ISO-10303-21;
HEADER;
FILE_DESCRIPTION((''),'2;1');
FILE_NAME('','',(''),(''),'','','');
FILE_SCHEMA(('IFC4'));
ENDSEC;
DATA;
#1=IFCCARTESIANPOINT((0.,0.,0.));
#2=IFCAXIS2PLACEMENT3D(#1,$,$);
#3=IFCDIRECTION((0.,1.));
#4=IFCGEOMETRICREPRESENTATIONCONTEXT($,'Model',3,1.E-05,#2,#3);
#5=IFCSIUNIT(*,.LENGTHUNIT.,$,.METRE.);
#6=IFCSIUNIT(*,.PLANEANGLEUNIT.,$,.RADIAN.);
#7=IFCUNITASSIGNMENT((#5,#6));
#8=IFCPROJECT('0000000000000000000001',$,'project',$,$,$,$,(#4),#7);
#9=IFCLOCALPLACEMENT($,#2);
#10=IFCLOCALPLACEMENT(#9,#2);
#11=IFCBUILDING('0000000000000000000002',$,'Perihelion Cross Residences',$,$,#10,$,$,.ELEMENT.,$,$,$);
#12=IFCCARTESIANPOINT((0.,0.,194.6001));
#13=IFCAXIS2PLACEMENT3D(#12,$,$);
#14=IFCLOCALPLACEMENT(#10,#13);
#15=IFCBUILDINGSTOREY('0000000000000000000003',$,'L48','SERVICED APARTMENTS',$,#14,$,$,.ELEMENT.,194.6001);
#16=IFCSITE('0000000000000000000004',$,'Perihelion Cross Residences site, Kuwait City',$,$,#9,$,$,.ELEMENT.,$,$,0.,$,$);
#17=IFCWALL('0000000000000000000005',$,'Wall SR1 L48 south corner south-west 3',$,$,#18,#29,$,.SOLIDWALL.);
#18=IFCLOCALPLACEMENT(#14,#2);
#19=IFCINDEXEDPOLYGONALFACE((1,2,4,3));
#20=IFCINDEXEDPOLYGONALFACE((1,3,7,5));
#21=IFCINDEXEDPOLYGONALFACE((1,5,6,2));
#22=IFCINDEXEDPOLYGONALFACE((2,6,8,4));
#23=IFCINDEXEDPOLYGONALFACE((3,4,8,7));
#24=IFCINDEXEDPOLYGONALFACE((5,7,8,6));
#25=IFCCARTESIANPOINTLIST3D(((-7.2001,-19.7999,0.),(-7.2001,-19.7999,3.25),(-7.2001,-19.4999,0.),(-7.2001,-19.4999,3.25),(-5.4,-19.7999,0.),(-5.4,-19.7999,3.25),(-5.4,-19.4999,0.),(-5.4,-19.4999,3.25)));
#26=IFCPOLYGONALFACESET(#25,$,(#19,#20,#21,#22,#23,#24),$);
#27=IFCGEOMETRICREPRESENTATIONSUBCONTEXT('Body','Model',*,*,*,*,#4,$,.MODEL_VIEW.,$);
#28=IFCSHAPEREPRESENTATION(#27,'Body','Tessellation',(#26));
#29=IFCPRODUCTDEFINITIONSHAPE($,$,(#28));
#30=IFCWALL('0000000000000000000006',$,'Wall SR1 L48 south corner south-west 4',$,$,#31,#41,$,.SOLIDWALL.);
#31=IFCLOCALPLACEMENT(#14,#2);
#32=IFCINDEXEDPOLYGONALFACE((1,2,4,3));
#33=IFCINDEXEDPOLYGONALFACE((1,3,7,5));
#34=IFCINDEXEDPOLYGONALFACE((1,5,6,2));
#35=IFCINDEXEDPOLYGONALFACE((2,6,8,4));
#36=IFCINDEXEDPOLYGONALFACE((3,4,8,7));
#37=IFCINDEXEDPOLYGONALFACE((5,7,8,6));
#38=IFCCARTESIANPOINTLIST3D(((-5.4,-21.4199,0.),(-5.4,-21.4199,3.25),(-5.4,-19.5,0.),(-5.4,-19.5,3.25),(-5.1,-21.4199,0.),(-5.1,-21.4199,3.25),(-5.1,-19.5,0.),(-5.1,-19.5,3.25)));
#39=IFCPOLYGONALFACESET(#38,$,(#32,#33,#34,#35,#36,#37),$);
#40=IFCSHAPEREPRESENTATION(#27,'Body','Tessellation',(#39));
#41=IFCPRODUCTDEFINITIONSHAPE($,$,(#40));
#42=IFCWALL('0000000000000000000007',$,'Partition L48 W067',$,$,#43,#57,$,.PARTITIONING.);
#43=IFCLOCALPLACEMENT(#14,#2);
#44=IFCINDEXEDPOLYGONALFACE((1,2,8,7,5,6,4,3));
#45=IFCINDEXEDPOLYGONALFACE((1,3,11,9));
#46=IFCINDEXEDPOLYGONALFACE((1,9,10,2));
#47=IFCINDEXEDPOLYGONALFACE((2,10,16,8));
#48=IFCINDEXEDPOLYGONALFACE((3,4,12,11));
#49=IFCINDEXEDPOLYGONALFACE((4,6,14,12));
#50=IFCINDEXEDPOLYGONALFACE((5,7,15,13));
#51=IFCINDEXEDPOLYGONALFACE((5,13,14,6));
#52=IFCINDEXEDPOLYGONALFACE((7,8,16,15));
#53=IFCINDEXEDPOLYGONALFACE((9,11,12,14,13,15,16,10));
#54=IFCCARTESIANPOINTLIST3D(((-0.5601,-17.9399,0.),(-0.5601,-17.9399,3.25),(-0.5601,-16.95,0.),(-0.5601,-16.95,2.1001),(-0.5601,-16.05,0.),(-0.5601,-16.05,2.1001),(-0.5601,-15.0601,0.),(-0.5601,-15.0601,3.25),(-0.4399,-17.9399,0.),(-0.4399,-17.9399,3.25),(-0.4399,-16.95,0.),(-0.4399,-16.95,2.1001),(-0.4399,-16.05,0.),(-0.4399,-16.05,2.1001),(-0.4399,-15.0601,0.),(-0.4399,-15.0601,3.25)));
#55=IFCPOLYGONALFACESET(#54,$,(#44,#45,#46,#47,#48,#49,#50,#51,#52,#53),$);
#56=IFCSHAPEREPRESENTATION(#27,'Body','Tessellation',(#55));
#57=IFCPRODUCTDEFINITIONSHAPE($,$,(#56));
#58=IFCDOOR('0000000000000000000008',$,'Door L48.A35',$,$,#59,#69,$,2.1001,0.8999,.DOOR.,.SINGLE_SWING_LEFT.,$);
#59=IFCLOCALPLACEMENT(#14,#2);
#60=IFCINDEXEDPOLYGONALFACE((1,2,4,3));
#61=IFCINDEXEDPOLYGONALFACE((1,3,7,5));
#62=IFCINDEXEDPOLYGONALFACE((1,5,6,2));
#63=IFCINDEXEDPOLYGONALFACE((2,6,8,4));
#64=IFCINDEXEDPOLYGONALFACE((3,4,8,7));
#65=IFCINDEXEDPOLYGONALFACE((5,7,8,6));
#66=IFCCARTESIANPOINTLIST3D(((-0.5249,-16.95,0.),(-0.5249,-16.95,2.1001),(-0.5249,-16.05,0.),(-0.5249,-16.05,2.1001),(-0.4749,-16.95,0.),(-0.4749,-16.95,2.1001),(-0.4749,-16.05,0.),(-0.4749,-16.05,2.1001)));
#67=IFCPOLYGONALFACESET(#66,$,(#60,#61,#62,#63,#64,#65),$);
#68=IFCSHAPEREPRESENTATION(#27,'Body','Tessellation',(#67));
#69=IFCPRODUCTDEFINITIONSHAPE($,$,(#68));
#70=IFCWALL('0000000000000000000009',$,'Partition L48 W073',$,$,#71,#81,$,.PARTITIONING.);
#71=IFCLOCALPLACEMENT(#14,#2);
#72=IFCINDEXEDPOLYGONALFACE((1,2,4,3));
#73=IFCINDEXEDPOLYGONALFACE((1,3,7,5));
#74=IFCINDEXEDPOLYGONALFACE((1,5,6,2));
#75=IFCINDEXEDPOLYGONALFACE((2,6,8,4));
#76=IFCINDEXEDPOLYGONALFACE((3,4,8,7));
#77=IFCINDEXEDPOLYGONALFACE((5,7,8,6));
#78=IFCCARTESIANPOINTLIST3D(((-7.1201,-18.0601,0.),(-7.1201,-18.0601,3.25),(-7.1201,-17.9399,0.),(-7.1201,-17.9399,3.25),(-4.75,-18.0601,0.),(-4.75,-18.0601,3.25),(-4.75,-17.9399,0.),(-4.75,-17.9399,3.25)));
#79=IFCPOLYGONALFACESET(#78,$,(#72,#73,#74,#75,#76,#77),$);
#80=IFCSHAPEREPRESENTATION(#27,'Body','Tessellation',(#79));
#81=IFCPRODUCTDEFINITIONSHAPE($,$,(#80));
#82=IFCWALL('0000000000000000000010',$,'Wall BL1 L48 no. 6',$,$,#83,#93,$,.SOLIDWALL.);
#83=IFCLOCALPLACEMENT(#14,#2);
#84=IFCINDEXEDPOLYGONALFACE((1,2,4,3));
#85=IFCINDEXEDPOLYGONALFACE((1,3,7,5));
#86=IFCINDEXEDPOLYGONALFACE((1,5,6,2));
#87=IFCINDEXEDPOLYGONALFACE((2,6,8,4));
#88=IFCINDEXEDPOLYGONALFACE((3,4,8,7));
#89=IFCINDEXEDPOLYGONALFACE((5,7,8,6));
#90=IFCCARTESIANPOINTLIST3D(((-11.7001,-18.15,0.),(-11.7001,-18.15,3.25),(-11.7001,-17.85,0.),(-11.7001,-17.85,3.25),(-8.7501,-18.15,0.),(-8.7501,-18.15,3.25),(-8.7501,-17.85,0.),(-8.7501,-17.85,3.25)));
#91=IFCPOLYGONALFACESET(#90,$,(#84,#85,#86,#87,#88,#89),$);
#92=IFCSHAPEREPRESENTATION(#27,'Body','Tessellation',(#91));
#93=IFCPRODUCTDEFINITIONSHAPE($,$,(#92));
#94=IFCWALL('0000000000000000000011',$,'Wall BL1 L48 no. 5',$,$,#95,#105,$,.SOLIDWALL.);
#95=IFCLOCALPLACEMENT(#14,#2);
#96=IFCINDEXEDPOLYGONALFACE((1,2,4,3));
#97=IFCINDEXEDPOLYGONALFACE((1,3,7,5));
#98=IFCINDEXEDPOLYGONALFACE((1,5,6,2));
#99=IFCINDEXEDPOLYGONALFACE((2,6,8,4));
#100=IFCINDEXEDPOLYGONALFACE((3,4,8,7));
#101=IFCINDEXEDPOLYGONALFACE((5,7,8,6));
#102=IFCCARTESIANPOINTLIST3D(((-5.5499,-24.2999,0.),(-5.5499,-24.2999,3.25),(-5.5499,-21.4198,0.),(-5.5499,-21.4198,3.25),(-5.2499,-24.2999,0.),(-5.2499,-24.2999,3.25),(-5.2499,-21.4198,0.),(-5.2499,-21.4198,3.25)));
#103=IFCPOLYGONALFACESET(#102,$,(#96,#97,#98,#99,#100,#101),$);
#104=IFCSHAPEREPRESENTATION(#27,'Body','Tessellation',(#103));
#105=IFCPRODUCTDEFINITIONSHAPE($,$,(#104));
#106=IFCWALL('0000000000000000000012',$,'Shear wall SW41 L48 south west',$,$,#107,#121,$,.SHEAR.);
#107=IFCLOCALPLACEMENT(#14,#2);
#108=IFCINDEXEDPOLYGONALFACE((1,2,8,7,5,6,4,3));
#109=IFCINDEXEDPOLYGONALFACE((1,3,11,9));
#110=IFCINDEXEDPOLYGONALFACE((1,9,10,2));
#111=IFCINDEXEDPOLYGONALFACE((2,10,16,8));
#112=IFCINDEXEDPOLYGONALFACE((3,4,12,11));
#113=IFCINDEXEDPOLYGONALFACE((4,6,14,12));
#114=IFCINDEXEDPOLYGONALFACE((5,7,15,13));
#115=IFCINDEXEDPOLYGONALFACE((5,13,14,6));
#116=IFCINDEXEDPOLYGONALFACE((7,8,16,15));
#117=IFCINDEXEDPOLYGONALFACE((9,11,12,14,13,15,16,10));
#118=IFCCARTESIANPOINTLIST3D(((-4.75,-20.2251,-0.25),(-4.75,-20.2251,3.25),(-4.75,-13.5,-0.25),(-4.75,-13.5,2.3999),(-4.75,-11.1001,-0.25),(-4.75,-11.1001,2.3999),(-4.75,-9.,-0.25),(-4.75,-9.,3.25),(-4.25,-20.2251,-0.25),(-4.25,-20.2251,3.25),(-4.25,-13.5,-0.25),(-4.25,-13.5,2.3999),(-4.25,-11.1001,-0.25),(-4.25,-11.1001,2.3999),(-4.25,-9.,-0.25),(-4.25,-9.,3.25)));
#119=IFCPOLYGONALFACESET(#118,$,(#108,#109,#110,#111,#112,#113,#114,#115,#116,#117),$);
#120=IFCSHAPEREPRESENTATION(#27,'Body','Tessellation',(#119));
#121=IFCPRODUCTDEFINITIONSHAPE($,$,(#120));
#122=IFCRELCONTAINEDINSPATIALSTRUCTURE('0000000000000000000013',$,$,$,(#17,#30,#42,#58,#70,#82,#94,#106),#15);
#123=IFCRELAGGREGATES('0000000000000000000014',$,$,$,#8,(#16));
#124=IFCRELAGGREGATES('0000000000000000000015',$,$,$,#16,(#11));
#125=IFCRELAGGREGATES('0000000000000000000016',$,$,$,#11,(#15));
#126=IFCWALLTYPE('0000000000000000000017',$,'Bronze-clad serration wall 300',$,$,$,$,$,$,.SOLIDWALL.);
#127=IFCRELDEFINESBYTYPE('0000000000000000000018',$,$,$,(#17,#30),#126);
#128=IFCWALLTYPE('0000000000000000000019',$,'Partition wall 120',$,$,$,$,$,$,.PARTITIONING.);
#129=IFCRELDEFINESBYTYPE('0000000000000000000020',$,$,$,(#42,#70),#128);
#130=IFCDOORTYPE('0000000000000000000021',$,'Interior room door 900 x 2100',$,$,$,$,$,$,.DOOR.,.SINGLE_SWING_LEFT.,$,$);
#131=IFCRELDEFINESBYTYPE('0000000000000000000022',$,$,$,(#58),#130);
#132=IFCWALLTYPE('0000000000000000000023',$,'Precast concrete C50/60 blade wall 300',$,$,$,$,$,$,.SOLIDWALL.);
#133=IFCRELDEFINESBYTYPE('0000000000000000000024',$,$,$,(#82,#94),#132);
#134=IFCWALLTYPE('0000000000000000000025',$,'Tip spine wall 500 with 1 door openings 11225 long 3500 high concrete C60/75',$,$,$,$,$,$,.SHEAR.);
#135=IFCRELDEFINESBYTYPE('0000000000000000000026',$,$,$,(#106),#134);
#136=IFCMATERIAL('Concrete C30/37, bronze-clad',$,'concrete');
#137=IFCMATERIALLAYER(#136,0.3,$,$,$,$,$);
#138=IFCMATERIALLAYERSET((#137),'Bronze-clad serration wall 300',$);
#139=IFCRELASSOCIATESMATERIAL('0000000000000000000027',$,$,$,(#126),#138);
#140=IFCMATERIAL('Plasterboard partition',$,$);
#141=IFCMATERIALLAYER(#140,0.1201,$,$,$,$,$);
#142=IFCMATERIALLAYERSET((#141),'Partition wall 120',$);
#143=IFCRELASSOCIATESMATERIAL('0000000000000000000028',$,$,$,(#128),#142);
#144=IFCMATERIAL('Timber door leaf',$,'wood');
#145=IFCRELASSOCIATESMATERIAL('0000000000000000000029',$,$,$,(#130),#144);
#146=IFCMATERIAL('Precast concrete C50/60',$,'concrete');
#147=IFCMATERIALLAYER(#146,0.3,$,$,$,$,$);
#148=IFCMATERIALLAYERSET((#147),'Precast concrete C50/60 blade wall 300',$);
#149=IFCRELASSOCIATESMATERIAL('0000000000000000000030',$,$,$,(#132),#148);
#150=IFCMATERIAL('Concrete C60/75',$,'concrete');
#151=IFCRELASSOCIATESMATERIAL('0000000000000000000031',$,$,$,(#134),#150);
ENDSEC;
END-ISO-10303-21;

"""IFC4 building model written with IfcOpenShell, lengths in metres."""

from ifc_helpers import new_model, si_unit, direction, frame, frame_2d, origin, place, context, subcontext, project, spatial, polyline, rectangle, outline, extrude, material, layer, layer_set, material_profile, profile_set, type_object, element, fill, save


model = new_model("IFC4")

# Units and contexts
model_context = context("Model", 3, precision=1e-05, world=origin(), true_north=direction((0.0, 1.0)))
body_context = subcontext(model_context, "Body", "Model", "MODEL_VIEW")
ifc_project = project(units=[si_unit("LENGTHUNIT", "METRE"), si_unit("PLANEANGLEUNIT", "RADIAN")], contexts=[model_context])

# Site, building, storey
site_placement = place(None, origin())
site = spatial("IfcSite", under=ifc_project, at=site_placement, Name="Perihelion Cross Residences site, Kuwait City", CompositionType="ELEMENT", RefElevation=0.0)
building_placement = place(site_placement, origin())
building = spatial("IfcBuilding", under=site, at=building_placement, Name="Perihelion Cross Residences", CompositionType="ELEMENT")
storey_placement = place(building_placement, frame((0.0, 0.0, 194.6001)))
storey = spatial("IfcBuildingStorey", under=building, at=storey_placement, Name="L48", Description="SERVICED APARTMENTS", CompositionType="ELEMENT", Elevation=194.6001)

# Walls
ifc_material_1 = material(Name="Concrete C30/37, bronze-clad", Category="concrete")
ifc_layer_1 = layer(ifc_material_1, 0.3)
ifc_layer_set_1 = layer_set([ifc_layer_1], Name="Bronze-clad serration wall 300")
wall_type_1 = type_object("IfcWallType", Name="Bronze-clad serration wall 300", PredefinedType="SOLIDWALL", material=ifc_layer_set_1)
for number, where, z_axis, x_axis, name in (
    (1, (-7.2, -19.6499, 0.0), (0.0, 0.0, 1.0), (1.0, 0.0, 0.0), "Wall SR1 L48 south corner south-west 3"),
):
    element("IfcWall", number, at=place(storey_placement, frame(where, z_axis=z_axis, x_axis=x_axis)), inside=storey, type_object=wall_type_1, Name=name, PredefinedType="SOLIDWALL", context=body_context, shape_type="SweptSolid", body=[
        extrude(rectangle(XDim=1.8, YDim=0.3, at=frame_2d((0.8999, 0.0))), origin(), (0.0, 0.0, 1.0), 3.25),
    ])
wall_1_placement = place(storey_placement, frame((-5.25, -19.5, 0.0), z_axis=(0.0, 0.0, 1.0), x_axis=(0.0, -1.0, 0.0)))
element("IfcWall", 2, at=wall_1_placement, inside=storey, type_object=wall_type_1, Name="Wall SR1 L48 south corner south-west 4", PredefinedType="SOLIDWALL", context=body_context, shape_type="SweptSolid", body=[
    extrude(rectangle(XDim=1.9199, YDim=0.3, at=frame_2d((0.96, 0.0))), origin(), (0.0, 0.0, 1.0), 3.25),
])

# Wall, opening, door
ifc_material_2 = material(Name="Plasterboard partition")
ifc_layer_2 = layer(ifc_material_2, 0.1201)
ifc_layer_set_2 = layer_set([ifc_layer_2], Name="Partition wall 120")
wall_type_2 = type_object("IfcWallType", Name="Partition wall 120", PredefinedType="PARTITIONING", material=ifc_layer_set_2)
wall_2_placement = place(storey_placement, frame((-0.5, -17.9399, 0.0), z_axis=(0.0, 0.0, 1.0), x_axis=(0.0, 1.0, 0.0)))
wall_2 = element("IfcWall", 3, at=wall_2_placement, inside=storey, type_object=wall_type_2, Name="Partition L48 W067", PredefinedType="PARTITIONING", context=body_context, shape_type="SweptSolid", body=[
    extrude(rectangle(XDim=2.8799, YDim=0.1201, at=frame_2d((1.4399, 0.0))), origin(), (0.0, 0.0, 1.0), 3.25),
])
opening_1_placement = place(wall_2_placement, frame((0.99, 0.0, 0.0)))
opening_1 = element("IfcOpeningElement", 4, at=opening_1_placement, cuts=wall_2, PredefinedType="OPENING", context=body_context, shape_type="SweptSolid", body=[
    extrude(rectangle(XDim=0.8999, YDim=2.1001, at=frame_2d((0.45, 1.05))), frame((0.0, 0.0701, 0.0), z_axis=(0.0, -1.0, 0.0), x_axis=(1.0, 0.0, 0.0)), (0.0, 0.0, 1.0), 0.1401),
])
ifc_material_3 = material(Name="Timber door leaf", Category="wood")
door_type_1 = type_object("IfcDoorType", Name="Interior room door 900 x 2100", OperationType="SINGLE_SWING_LEFT", PredefinedType="DOOR", material=ifc_material_3)
door_1_placement = place(opening_1_placement, origin())
door_1 = element("IfcDoor", 5, at=door_1_placement, inside=storey, type_object=door_type_1, Name="Door L48.A35", OperationType="SINGLE_SWING_LEFT", OverallHeight=2.1001, OverallWidth=0.8999, PredefinedType="DOOR", context=body_context, shape_type="SweptSolid", body=[
    extrude(rectangle(XDim=0.8999, YDim=2.1001, at=frame_2d((0.45, 1.05))), frame((0.0, 0.0249, 0.0), z_axis=(0.0, -1.0, 0.0), x_axis=(1.0, 0.0, 0.0)), (0.0, 0.0, 1.0), 0.05),
])
fill(opening_1, door_1)

# Walls
wall_3_placement = place(storey_placement, frame((-4.75, -18.0, 0.0), z_axis=(0.0, 0.0, 1.0), x_axis=(-1.0, 0.0, 0.0)))
element("IfcWall", 6, at=wall_3_placement, inside=storey, type_object=wall_type_2, Name="Partition L48 W073", PredefinedType="PARTITIONING", context=body_context, shape_type="SweptSolid", body=[
    extrude(rectangle(XDim=2.3701, YDim=0.1201, at=frame_2d((1.1851, 0.0))), origin(), (0.0, 0.0, 1.0), 3.25),
])
ifc_material_4 = material(Name="Precast concrete C50/60", Category="concrete")
ifc_layer_3 = layer(ifc_material_4, 0.3)
ifc_layer_set_3 = layer_set([ifc_layer_3], Name="Precast concrete C50/60 blade wall 300")
wall_type_3 = type_object("IfcWallType", Name="Precast concrete C50/60 blade wall 300", PredefinedType="SOLIDWALL", material=ifc_layer_set_3)
wall_4_placement = place(storey_placement, frame((-8.75, -18.0, 0.0), z_axis=(0.0, 0.0, 1.0), x_axis=(-1.0, 0.0, 0.0)))
element("IfcWall", 7, at=wall_4_placement, inside=storey, type_object=wall_type_3, Name="Wall BL1 L48 no. 6", PredefinedType="SOLIDWALL", context=body_context, shape_type="SweptSolid", body=[
    extrude(rectangle(XDim=2.95, YDim=0.3, at=frame_2d((1.4751, 0.0))), origin(), (0.0, 0.0, 1.0), 3.25),
])
wall_5_placement = place(storey_placement, frame((-5.3999, -21.4199, 0.0), z_axis=(0.0, 0.0, 1.0), x_axis=(0.0, -1.0, 0.0)))
element("IfcWall", 8, at=wall_5_placement, inside=storey, type_object=wall_type_3, Name="Wall BL1 L48 no. 5", PredefinedType="SOLIDWALL", context=body_context, shape_type="SweptSolid", body=[
    extrude(rectangle(XDim=2.8801, YDim=0.3, at=frame_2d((1.4399, 0.0))), origin(), (0.0, 0.0, 1.0), 3.25),
])
ifc_material_5 = material(Name="Concrete C60/75", Category="concrete")
ifc_material_profile_1 = material_profile(ifc_material_5, outline(polyline([(0.0, 0.0), (6.7251, 0.0), (6.7251, 2.6499), (9.125, 2.6499), (9.125, 0.0), (11.2251, 0.0), (11.2251, 3.5), (0.0, 3.5), (0.0, 0.0)])), Name="Tip spine wall")
ifc_profile_set_1 = profile_set([ifc_material_profile_1], Name="Concrete C60/75")
wall_type_4 = type_object("IfcWallType", Name="Tip spine wall 500 with 1 door openings 11225 long 3500 high concrete C60/75", PredefinedType="SHEAR", material=ifc_profile_set_1)
wall_6_placement = place(storey_placement, frame((-4.75, -20.2251, -0.25), z_axis=(1.0, 0.0, 0.0), x_axis=(0.0, 1.0, 0.0)))
element("IfcWall", 9, at=wall_6_placement, inside=storey, type_object=wall_type_4, Name="Shear wall SW41 L48 south west", PredefinedType="SHEAR", context=body_context, shape_type="SweptSolid", body=[
    extrude(outline(polyline([(0.0, 0.0), (6.7251, 0.0), (6.7251, 2.6499), (9.125, 2.6499), (9.125, 0.0), (11.2251, 0.0), (11.2251, 3.5), (0.0, 3.5), (0.0, 0.0)])), origin(), (0.0, 0.0, 1.0), 0.5),
])

save(model, "model.ifc")
